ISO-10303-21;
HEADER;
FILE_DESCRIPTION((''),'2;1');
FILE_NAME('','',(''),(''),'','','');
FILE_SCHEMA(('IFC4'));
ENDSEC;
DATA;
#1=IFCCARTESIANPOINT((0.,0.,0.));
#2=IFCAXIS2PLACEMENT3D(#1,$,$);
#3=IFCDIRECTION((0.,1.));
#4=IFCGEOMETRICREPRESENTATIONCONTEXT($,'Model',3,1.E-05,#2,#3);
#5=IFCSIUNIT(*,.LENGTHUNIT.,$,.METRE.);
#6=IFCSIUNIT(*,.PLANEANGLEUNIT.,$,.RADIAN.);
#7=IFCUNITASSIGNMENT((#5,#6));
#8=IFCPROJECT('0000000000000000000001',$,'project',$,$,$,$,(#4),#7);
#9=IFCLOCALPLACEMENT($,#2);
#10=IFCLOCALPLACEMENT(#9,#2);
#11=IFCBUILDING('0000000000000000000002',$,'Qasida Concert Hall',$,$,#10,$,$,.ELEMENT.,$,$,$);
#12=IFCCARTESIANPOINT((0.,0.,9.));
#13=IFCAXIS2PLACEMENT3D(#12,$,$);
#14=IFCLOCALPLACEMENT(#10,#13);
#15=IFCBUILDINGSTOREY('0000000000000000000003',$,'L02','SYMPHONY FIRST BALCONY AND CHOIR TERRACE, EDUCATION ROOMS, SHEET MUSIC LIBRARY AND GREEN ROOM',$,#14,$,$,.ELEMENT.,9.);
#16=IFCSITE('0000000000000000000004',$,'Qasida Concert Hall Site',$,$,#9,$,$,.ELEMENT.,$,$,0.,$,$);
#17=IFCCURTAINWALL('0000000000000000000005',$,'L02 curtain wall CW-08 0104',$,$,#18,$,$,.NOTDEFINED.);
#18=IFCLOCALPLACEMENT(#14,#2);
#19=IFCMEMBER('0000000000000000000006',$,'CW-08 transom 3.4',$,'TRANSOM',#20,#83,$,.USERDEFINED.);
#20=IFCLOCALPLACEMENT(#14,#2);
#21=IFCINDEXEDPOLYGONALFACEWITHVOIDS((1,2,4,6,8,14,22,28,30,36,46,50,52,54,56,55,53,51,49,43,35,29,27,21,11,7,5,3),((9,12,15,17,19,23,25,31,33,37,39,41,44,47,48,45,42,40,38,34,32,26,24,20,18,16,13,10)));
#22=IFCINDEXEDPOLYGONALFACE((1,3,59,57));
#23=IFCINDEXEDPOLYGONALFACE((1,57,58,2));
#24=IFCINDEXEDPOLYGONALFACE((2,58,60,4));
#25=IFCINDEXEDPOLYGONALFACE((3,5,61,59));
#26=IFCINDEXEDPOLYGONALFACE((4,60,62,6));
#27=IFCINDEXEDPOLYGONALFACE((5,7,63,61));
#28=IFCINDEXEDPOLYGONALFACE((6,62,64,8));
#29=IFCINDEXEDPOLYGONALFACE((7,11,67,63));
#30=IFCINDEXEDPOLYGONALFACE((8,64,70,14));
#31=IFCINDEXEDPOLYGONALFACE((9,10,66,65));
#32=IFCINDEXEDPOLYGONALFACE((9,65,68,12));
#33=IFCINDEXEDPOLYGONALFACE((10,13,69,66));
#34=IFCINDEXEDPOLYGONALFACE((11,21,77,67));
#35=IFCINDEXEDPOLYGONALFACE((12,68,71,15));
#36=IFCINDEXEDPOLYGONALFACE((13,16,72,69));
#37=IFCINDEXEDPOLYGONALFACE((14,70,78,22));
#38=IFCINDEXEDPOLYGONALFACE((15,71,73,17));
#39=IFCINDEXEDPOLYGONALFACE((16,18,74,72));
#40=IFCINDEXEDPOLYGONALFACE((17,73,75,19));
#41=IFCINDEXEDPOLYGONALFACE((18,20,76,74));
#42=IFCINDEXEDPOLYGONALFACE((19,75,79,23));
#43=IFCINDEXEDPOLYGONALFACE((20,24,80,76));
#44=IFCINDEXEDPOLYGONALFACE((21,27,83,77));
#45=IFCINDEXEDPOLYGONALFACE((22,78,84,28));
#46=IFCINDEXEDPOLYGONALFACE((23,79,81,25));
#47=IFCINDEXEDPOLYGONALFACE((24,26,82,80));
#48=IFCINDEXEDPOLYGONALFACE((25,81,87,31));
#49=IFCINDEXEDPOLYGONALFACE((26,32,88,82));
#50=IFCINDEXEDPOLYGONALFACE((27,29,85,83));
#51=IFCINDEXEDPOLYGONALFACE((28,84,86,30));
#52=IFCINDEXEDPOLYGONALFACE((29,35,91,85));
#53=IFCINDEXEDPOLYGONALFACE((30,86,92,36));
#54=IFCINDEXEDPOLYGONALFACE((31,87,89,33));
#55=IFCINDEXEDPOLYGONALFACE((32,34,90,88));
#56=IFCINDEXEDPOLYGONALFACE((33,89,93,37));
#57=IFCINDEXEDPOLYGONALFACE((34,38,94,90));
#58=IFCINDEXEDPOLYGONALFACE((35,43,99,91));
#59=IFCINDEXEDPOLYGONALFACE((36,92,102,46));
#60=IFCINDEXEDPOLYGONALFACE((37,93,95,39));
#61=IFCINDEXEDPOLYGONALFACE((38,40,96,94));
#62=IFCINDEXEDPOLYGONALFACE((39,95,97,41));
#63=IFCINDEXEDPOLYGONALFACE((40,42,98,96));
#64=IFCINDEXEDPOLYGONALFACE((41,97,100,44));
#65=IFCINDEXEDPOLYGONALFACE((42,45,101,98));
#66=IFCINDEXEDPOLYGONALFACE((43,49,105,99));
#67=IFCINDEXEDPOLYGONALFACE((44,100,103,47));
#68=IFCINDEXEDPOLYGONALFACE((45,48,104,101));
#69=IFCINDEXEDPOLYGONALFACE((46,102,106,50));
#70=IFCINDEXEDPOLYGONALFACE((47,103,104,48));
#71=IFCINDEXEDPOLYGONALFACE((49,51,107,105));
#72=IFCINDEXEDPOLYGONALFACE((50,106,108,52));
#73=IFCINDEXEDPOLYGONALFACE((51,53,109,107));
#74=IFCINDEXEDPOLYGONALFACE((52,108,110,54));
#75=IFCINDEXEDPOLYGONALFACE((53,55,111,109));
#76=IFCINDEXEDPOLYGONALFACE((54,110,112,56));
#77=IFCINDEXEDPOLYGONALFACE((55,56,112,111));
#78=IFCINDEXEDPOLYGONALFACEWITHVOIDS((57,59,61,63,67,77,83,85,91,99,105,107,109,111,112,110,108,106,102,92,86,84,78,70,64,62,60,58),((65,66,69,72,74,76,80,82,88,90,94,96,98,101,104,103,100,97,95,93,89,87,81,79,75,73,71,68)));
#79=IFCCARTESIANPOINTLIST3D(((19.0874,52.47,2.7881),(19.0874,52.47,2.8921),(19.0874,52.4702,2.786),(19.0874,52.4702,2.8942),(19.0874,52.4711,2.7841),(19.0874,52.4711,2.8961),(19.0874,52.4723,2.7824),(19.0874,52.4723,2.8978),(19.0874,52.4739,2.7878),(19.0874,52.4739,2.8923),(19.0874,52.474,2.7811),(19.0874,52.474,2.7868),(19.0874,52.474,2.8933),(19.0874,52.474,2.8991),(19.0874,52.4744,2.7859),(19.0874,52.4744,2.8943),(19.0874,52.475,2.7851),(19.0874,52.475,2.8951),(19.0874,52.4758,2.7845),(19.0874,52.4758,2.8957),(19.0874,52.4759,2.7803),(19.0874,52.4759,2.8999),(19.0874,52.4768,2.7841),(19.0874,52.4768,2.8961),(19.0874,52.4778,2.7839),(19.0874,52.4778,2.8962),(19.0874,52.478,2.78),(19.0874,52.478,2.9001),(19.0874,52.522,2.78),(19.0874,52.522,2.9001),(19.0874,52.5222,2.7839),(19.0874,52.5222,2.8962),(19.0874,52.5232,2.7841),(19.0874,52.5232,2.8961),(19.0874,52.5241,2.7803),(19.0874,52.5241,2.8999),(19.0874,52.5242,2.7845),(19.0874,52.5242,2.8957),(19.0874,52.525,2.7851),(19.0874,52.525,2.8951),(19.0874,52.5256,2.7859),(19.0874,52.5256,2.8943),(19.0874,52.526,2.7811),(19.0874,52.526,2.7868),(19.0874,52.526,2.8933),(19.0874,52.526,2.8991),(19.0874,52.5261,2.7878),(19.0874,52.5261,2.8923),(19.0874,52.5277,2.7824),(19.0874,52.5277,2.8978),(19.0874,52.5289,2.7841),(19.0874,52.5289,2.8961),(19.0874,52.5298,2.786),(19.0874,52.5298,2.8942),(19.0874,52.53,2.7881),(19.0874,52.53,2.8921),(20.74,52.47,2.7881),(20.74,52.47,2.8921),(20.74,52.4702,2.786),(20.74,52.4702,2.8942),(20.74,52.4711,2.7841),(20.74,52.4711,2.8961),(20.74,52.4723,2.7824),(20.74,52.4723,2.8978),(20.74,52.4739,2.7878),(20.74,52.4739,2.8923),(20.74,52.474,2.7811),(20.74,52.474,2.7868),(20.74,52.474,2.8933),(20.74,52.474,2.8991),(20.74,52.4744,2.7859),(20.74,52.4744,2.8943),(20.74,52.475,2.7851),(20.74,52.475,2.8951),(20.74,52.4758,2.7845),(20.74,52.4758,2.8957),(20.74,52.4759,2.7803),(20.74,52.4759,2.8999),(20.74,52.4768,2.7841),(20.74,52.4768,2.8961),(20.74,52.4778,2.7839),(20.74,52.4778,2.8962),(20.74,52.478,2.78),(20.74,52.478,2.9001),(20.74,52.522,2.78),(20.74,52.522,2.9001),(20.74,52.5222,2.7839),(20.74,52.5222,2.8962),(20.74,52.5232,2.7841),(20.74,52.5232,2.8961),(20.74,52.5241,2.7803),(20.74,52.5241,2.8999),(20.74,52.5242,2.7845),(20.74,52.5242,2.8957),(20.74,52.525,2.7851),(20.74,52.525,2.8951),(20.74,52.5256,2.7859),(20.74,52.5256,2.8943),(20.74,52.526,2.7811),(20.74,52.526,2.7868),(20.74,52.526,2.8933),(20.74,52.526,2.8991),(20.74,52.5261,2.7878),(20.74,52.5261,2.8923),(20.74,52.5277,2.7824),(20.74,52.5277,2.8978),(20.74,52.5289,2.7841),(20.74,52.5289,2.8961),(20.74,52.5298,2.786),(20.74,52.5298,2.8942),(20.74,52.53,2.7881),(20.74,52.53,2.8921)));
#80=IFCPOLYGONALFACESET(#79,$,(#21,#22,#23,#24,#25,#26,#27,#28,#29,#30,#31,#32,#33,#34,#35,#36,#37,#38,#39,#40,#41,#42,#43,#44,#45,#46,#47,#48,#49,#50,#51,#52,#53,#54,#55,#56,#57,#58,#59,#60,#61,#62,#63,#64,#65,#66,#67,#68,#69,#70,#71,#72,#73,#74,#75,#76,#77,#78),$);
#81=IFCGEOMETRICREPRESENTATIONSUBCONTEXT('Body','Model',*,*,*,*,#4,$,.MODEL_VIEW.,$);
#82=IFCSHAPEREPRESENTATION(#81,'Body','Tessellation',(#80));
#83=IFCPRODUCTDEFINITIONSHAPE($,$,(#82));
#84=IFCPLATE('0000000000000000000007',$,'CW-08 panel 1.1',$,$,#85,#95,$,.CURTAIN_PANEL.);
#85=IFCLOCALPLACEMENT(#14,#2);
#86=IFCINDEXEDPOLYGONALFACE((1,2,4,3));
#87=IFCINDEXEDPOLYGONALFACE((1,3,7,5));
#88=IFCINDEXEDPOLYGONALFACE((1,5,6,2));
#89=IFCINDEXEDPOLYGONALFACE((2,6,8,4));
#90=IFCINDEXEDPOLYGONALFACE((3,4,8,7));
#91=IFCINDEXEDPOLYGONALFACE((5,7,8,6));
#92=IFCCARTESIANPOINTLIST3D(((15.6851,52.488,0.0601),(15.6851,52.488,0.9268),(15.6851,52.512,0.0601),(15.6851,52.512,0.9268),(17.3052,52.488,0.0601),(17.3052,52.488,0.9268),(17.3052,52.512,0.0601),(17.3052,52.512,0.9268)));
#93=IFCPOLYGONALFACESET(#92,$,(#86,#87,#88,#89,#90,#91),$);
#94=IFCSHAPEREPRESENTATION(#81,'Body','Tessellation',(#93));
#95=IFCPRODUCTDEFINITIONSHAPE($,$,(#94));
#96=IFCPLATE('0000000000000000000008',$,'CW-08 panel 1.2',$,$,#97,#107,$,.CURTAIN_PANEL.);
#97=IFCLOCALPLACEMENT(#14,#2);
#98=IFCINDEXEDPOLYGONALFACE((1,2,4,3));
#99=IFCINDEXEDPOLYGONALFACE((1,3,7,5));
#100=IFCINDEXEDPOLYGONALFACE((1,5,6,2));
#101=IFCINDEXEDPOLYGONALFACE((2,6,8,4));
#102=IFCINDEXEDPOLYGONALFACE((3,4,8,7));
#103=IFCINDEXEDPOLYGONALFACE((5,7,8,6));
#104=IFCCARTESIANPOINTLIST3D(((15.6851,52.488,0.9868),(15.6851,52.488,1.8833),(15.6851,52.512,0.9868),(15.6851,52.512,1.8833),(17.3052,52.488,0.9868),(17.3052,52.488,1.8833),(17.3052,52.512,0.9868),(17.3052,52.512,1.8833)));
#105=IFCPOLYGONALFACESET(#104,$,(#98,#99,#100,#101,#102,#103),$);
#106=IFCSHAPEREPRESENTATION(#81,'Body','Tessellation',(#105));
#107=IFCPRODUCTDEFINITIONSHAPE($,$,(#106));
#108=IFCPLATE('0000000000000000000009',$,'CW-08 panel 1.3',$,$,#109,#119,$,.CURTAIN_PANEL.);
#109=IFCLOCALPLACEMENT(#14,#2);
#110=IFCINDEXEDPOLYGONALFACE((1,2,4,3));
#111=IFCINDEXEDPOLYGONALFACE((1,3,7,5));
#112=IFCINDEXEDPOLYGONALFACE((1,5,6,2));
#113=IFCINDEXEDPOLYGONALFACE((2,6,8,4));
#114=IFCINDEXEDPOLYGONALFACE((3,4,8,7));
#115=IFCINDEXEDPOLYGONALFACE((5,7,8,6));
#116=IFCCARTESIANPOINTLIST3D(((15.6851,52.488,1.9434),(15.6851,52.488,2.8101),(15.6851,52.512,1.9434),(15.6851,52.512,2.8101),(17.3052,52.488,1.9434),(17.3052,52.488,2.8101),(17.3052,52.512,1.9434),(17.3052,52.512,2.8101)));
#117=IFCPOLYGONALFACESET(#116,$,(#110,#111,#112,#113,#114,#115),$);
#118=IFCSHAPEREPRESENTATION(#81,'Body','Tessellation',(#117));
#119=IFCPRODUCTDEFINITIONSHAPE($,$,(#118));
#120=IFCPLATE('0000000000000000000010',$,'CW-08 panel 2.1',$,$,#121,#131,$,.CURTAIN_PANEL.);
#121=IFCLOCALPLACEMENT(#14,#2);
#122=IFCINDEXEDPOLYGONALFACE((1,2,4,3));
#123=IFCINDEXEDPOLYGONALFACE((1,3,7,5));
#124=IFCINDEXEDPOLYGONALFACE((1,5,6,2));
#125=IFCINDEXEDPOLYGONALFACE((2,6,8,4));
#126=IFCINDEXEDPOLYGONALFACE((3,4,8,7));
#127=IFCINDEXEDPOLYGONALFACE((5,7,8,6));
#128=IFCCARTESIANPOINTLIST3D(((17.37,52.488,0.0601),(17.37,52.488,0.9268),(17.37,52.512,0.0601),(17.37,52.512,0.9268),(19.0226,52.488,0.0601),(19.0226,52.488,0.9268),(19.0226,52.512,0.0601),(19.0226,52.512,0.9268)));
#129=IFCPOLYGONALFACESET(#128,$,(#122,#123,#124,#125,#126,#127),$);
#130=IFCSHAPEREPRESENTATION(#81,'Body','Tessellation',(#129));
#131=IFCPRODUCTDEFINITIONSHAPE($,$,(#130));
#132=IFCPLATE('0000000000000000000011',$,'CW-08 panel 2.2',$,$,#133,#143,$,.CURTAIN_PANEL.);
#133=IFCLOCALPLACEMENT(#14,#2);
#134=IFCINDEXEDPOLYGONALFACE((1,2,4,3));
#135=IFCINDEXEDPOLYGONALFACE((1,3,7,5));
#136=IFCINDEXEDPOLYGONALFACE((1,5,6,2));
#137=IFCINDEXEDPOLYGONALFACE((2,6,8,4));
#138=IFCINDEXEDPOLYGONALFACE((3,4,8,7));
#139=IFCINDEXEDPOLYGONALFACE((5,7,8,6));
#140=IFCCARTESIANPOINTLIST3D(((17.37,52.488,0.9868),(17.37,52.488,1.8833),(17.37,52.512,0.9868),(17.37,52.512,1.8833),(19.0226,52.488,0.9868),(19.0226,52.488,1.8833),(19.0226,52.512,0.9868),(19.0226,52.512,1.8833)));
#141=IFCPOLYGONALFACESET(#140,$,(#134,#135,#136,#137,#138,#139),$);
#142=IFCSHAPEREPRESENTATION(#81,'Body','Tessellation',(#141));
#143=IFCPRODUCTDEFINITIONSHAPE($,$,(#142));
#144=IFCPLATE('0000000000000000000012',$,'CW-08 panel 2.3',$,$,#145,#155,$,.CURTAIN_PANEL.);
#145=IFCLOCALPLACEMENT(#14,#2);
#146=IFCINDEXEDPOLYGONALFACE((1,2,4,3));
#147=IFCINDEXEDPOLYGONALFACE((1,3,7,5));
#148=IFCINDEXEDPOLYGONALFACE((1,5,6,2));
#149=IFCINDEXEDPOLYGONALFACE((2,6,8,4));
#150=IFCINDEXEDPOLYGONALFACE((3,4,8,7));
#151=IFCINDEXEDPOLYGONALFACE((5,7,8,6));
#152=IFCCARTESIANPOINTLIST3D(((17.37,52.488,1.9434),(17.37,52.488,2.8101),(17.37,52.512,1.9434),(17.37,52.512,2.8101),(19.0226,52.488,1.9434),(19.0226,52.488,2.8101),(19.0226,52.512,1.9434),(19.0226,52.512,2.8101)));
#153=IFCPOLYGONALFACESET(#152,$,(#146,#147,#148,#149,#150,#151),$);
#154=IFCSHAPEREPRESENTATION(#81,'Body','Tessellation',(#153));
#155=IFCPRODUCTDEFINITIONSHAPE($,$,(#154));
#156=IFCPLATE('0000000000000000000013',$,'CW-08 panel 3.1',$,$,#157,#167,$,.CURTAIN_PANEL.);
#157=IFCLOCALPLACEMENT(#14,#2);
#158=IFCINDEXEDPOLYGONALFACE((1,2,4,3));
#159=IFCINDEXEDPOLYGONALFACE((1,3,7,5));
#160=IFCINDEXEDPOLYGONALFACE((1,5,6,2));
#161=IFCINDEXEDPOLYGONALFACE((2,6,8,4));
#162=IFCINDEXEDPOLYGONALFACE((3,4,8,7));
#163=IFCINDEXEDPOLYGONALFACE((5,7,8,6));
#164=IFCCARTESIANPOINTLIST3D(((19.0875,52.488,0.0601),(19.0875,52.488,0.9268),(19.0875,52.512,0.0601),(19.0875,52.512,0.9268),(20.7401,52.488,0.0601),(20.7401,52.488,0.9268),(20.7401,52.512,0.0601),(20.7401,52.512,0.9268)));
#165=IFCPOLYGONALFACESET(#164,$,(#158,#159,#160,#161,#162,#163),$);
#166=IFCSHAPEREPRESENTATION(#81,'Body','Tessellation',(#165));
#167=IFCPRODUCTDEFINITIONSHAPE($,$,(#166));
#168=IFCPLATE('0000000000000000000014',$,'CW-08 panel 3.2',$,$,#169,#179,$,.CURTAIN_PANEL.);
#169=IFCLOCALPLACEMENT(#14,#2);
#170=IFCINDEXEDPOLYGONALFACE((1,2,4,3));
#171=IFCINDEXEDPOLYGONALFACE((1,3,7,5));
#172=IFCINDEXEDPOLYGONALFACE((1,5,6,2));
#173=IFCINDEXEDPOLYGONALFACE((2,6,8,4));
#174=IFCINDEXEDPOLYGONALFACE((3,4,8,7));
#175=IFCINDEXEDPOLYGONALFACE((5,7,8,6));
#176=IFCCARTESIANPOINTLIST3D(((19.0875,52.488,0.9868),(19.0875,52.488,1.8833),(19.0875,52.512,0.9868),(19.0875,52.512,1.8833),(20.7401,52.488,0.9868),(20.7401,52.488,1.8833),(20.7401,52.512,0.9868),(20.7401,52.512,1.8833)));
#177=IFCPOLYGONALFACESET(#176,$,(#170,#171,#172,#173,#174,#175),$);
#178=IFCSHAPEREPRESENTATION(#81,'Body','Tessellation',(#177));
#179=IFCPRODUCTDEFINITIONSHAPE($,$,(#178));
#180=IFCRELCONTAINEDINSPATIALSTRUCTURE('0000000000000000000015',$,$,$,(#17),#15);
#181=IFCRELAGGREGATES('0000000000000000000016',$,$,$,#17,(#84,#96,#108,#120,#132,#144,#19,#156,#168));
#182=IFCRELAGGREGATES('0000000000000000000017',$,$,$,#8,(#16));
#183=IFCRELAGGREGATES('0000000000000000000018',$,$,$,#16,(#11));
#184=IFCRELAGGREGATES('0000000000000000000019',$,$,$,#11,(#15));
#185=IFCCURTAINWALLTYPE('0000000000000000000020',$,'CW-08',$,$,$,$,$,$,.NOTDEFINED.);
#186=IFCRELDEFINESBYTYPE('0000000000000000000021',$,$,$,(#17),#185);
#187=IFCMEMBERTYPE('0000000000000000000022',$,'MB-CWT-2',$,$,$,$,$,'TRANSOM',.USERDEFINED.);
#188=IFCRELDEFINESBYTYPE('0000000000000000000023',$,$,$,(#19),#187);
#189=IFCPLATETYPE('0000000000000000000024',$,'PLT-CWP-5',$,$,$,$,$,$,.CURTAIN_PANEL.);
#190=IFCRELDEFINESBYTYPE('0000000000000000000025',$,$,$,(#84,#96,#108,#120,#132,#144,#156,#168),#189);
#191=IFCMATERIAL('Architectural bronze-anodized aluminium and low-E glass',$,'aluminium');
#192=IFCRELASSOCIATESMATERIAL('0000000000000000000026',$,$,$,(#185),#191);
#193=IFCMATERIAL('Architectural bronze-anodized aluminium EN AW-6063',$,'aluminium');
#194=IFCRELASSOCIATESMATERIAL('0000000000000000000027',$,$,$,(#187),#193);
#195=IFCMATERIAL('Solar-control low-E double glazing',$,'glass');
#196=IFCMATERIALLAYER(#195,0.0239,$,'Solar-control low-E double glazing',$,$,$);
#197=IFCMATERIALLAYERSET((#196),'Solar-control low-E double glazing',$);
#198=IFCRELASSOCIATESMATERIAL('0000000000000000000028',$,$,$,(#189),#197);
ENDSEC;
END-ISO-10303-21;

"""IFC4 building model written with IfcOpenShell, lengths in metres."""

from ifc_helpers import new_model, si_unit, direction, frame, origin, origin_2d, place, context, subcontext, project, spatial, rectangle, hollow_rectangle, extrude, material, layer, layer_set, material_profile, profile_set, type_object, element, aggregate, save


model = new_model("IFC4")

# Units and contexts
model_context = context("Model", 3, precision=1e-05, world=origin(), true_north=direction((0.0, 1.0)))
body_context = subcontext(model_context, "Body", "Model", "MODEL_VIEW")
ifc_project = project(units=[si_unit("LENGTHUNIT", "METRE"), si_unit("PLANEANGLEUNIT", "RADIAN")], contexts=[model_context])

# Site, building, storey
site_placement = place(None, origin())
site = spatial("IfcSite", under=ifc_project, at=site_placement, Name="Qasida Concert Hall Site", CompositionType="ELEMENT", RefElevation=0.0)
building_placement = place(site_placement, origin())
building = spatial("IfcBuilding", under=site, at=building_placement, Name="Qasida Concert Hall", CompositionType="ELEMENT")
storey_placement = place(building_placement, frame((0.0, 0.0, 9.0)))
storey = spatial("IfcBuildingStorey", under=building, at=storey_placement, Name="L02", Description="SYMPHONY FIRST BALCONY AND CHOIR TERRACE, EDUCATION ROOMS, SHEET MUSIC LIBRARY AND GREEN ROOM", CompositionType="ELEMENT", Elevation=9.0)

# Curtain wall, member, plates
ifc_material_1 = material(Name="Architectural bronze-anodized aluminium and low-E glass", Category="aluminium")
curtain_wall_type = type_object("IfcCurtainWallType", Name="CW-08", PredefinedType="NOTDEFINED", material=ifc_material_1)
curtain_wall_placement = place(storey_placement, origin())
curtain_wall = element("IfcCurtainWall", 1, at=curtain_wall_placement, inside=storey, type_object=curtain_wall_type, Name="L02 curtain wall CW-08 0104", PredefinedType="NOTDEFINED")
ifc_material_2 = material(Name="Architectural bronze-anodized aluminium EN AW-6063", Category="aluminium")
ifc_material_profile_1 = material_profile(ifc_material_2, hollow_rectangle(XDim=0.0601, YDim=0.1201, WallThickness=0.0039, InnerFilletRadius=0.0039, OuterFilletRadius=0.0081, at=origin_2d()), Name="CWT 120x60x4")
ifc_profile_set_1 = profile_set([ifc_material_profile_1], Name="Architectural bronze-anodized aluminium EN AW-6063")
member_type_1 = type_object("IfcMemberType", Name="MB-CWT-2", ElementType="TRANSOM", PredefinedType="USERDEFINED", material=ifc_profile_set_1)
member_1_placement = place(storey_placement, frame((19.0874, 52.5, 2.8401), z_axis=(1.0, 0.0, 0.0), x_axis=(0.0, 1.0, 0.0)))
member_1 = element("IfcMember", 2, at=member_1_placement, type_object=member_type_1, Name="CW-08 transom 3.4", ObjectType="TRANSOM", PredefinedType="USERDEFINED", context=body_context, shape_type="SweptSolid", body=[
    extrude(hollow_rectangle(XDim=0.0601, YDim=0.1201, WallThickness=0.0039, InnerFilletRadius=0.0039, OuterFilletRadius=0.0081, at=origin_2d()), origin(), (0.0, 0.0, 1.0), 1.6526),
])
ifc_material_3 = material(Name="Solar-control low-E double glazing", Category="glass")
ifc_layer = layer(ifc_material_3, 0.0239, Name="Solar-control low-E double glazing")
ifc_layer_set = layer_set([ifc_layer], Name="Solar-control low-E double glazing")
plate_type = type_object("IfcPlateType", Name="PLT-CWP-5", PredefinedType="CURTAIN_PANEL", material=ifc_layer_set)
plate_1_placement = place(storey_placement, frame((16.4951, 52.5, 0.0601), z_axis=(0.0, 0.0, 1.0), x_axis=(1.0, 0.0, 0.0)))
plate_1 = element("IfcPlate", 3, at=plate_1_placement, type_object=plate_type, Name="CW-08 panel 1.1", PredefinedType="CURTAIN_PANEL", context=body_context, shape_type="SweptSolid", body=[
    extrude(rectangle(XDim=1.6201, YDim=0.0239, at=origin_2d()), origin(), (0.0, 0.0, 1.0), 0.8667),
])
plate_2_placement = place(storey_placement, frame((16.4951, 52.5, 0.9868), z_axis=(0.0, 0.0, 1.0), x_axis=(1.0, 0.0, 0.0)))
plate_2 = element("IfcPlate", 4, at=plate_2_placement, type_object=plate_type, Name="CW-08 panel 1.2", PredefinedType="CURTAIN_PANEL", context=body_context, shape_type="SweptSolid", body=[
    extrude(rectangle(XDim=1.6201, YDim=0.0239, at=origin_2d()), origin(), (0.0, 0.0, 1.0), 0.8965),
])
plate_3_placement = place(storey_placement, frame((16.4951, 52.5, 1.9434), z_axis=(0.0, 0.0, 1.0), x_axis=(1.0, 0.0, 0.0)))
plate_3 = element("IfcPlate", 5, at=plate_3_placement, type_object=plate_type, Name="CW-08 panel 1.3", PredefinedType="CURTAIN_PANEL", context=body_context, shape_type="SweptSolid", body=[
    extrude(rectangle(XDim=1.6201, YDim=0.0239, at=origin_2d()), origin(), (0.0, 0.0, 1.0), 0.8667),
])
plate_4_placement = place(storey_placement, frame((18.1963, 52.5, 0.0601), z_axis=(0.0, 0.0, 1.0), x_axis=(1.0, 0.0, 0.0)))
plate_4 = element("IfcPlate", 6, at=plate_4_placement, type_object=plate_type, Name="CW-08 panel 2.1", PredefinedType="CURTAIN_PANEL", context=body_context, shape_type="SweptSolid", body=[
    extrude(rectangle(XDim=1.6526, YDim=0.0239, at=origin_2d()), origin(), (0.0, 0.0, 1.0), 0.8667),
])
plate_5_placement = place(storey_placement, frame((18.1963, 52.5, 0.9868), z_axis=(0.0, 0.0, 1.0), x_axis=(1.0, 0.0, 0.0)))
plate_5 = element("IfcPlate", 7, at=plate_5_placement, type_object=plate_type, Name="CW-08 panel 2.2", PredefinedType="CURTAIN_PANEL", context=body_context, shape_type="SweptSolid", body=[
    extrude(rectangle(XDim=1.6526, YDim=0.0239, at=origin_2d()), origin(), (0.0, 0.0, 1.0), 0.8965),
])
plate_6_placement = place(storey_placement, frame((18.1963, 52.5, 1.9434), z_axis=(0.0, 0.0, 1.0), x_axis=(1.0, 0.0, 0.0)))
plate_6 = element("IfcPlate", 8, at=plate_6_placement, type_object=plate_type, Name="CW-08 panel 2.3", PredefinedType="CURTAIN_PANEL", context=body_context, shape_type="SweptSolid", body=[
    extrude(rectangle(XDim=1.6526, YDim=0.0239, at=origin_2d()), origin(), (0.0, 0.0, 1.0), 0.8667),
])
plate_7_placement = place(storey_placement, frame((19.9138, 52.5, 0.0601), z_axis=(0.0, 0.0, 1.0), x_axis=(1.0, 0.0, 0.0)))
plate_7 = element("IfcPlate", 9, at=plate_7_placement, type_object=plate_type, Name="CW-08 panel 3.1", PredefinedType="CURTAIN_PANEL", context=body_context, shape_type="SweptSolid", body=[
    extrude(rectangle(XDim=1.6526, YDim=0.0239, at=origin_2d()), origin(), (0.0, 0.0, 1.0), 0.8667),
])
plate_8_placement = place(storey_placement, frame((19.9138, 52.5, 0.9868), z_axis=(0.0, 0.0, 1.0), x_axis=(1.0, 0.0, 0.0)))
plate_8 = element("IfcPlate", 10, at=plate_8_placement, type_object=plate_type, Name="CW-08 panel 3.2", PredefinedType="CURTAIN_PANEL", context=body_context, shape_type="SweptSolid", body=[
    extrude(rectangle(XDim=1.6526, YDim=0.0239, at=origin_2d()), origin(), (0.0, 0.0, 1.0), 0.8965),
])
aggregate(curtain_wall, [plate_1, plate_2, plate_3, plate_4, plate_5, plate_6, member_1, plate_7, plate_8])

save(model, "model.ifc")
